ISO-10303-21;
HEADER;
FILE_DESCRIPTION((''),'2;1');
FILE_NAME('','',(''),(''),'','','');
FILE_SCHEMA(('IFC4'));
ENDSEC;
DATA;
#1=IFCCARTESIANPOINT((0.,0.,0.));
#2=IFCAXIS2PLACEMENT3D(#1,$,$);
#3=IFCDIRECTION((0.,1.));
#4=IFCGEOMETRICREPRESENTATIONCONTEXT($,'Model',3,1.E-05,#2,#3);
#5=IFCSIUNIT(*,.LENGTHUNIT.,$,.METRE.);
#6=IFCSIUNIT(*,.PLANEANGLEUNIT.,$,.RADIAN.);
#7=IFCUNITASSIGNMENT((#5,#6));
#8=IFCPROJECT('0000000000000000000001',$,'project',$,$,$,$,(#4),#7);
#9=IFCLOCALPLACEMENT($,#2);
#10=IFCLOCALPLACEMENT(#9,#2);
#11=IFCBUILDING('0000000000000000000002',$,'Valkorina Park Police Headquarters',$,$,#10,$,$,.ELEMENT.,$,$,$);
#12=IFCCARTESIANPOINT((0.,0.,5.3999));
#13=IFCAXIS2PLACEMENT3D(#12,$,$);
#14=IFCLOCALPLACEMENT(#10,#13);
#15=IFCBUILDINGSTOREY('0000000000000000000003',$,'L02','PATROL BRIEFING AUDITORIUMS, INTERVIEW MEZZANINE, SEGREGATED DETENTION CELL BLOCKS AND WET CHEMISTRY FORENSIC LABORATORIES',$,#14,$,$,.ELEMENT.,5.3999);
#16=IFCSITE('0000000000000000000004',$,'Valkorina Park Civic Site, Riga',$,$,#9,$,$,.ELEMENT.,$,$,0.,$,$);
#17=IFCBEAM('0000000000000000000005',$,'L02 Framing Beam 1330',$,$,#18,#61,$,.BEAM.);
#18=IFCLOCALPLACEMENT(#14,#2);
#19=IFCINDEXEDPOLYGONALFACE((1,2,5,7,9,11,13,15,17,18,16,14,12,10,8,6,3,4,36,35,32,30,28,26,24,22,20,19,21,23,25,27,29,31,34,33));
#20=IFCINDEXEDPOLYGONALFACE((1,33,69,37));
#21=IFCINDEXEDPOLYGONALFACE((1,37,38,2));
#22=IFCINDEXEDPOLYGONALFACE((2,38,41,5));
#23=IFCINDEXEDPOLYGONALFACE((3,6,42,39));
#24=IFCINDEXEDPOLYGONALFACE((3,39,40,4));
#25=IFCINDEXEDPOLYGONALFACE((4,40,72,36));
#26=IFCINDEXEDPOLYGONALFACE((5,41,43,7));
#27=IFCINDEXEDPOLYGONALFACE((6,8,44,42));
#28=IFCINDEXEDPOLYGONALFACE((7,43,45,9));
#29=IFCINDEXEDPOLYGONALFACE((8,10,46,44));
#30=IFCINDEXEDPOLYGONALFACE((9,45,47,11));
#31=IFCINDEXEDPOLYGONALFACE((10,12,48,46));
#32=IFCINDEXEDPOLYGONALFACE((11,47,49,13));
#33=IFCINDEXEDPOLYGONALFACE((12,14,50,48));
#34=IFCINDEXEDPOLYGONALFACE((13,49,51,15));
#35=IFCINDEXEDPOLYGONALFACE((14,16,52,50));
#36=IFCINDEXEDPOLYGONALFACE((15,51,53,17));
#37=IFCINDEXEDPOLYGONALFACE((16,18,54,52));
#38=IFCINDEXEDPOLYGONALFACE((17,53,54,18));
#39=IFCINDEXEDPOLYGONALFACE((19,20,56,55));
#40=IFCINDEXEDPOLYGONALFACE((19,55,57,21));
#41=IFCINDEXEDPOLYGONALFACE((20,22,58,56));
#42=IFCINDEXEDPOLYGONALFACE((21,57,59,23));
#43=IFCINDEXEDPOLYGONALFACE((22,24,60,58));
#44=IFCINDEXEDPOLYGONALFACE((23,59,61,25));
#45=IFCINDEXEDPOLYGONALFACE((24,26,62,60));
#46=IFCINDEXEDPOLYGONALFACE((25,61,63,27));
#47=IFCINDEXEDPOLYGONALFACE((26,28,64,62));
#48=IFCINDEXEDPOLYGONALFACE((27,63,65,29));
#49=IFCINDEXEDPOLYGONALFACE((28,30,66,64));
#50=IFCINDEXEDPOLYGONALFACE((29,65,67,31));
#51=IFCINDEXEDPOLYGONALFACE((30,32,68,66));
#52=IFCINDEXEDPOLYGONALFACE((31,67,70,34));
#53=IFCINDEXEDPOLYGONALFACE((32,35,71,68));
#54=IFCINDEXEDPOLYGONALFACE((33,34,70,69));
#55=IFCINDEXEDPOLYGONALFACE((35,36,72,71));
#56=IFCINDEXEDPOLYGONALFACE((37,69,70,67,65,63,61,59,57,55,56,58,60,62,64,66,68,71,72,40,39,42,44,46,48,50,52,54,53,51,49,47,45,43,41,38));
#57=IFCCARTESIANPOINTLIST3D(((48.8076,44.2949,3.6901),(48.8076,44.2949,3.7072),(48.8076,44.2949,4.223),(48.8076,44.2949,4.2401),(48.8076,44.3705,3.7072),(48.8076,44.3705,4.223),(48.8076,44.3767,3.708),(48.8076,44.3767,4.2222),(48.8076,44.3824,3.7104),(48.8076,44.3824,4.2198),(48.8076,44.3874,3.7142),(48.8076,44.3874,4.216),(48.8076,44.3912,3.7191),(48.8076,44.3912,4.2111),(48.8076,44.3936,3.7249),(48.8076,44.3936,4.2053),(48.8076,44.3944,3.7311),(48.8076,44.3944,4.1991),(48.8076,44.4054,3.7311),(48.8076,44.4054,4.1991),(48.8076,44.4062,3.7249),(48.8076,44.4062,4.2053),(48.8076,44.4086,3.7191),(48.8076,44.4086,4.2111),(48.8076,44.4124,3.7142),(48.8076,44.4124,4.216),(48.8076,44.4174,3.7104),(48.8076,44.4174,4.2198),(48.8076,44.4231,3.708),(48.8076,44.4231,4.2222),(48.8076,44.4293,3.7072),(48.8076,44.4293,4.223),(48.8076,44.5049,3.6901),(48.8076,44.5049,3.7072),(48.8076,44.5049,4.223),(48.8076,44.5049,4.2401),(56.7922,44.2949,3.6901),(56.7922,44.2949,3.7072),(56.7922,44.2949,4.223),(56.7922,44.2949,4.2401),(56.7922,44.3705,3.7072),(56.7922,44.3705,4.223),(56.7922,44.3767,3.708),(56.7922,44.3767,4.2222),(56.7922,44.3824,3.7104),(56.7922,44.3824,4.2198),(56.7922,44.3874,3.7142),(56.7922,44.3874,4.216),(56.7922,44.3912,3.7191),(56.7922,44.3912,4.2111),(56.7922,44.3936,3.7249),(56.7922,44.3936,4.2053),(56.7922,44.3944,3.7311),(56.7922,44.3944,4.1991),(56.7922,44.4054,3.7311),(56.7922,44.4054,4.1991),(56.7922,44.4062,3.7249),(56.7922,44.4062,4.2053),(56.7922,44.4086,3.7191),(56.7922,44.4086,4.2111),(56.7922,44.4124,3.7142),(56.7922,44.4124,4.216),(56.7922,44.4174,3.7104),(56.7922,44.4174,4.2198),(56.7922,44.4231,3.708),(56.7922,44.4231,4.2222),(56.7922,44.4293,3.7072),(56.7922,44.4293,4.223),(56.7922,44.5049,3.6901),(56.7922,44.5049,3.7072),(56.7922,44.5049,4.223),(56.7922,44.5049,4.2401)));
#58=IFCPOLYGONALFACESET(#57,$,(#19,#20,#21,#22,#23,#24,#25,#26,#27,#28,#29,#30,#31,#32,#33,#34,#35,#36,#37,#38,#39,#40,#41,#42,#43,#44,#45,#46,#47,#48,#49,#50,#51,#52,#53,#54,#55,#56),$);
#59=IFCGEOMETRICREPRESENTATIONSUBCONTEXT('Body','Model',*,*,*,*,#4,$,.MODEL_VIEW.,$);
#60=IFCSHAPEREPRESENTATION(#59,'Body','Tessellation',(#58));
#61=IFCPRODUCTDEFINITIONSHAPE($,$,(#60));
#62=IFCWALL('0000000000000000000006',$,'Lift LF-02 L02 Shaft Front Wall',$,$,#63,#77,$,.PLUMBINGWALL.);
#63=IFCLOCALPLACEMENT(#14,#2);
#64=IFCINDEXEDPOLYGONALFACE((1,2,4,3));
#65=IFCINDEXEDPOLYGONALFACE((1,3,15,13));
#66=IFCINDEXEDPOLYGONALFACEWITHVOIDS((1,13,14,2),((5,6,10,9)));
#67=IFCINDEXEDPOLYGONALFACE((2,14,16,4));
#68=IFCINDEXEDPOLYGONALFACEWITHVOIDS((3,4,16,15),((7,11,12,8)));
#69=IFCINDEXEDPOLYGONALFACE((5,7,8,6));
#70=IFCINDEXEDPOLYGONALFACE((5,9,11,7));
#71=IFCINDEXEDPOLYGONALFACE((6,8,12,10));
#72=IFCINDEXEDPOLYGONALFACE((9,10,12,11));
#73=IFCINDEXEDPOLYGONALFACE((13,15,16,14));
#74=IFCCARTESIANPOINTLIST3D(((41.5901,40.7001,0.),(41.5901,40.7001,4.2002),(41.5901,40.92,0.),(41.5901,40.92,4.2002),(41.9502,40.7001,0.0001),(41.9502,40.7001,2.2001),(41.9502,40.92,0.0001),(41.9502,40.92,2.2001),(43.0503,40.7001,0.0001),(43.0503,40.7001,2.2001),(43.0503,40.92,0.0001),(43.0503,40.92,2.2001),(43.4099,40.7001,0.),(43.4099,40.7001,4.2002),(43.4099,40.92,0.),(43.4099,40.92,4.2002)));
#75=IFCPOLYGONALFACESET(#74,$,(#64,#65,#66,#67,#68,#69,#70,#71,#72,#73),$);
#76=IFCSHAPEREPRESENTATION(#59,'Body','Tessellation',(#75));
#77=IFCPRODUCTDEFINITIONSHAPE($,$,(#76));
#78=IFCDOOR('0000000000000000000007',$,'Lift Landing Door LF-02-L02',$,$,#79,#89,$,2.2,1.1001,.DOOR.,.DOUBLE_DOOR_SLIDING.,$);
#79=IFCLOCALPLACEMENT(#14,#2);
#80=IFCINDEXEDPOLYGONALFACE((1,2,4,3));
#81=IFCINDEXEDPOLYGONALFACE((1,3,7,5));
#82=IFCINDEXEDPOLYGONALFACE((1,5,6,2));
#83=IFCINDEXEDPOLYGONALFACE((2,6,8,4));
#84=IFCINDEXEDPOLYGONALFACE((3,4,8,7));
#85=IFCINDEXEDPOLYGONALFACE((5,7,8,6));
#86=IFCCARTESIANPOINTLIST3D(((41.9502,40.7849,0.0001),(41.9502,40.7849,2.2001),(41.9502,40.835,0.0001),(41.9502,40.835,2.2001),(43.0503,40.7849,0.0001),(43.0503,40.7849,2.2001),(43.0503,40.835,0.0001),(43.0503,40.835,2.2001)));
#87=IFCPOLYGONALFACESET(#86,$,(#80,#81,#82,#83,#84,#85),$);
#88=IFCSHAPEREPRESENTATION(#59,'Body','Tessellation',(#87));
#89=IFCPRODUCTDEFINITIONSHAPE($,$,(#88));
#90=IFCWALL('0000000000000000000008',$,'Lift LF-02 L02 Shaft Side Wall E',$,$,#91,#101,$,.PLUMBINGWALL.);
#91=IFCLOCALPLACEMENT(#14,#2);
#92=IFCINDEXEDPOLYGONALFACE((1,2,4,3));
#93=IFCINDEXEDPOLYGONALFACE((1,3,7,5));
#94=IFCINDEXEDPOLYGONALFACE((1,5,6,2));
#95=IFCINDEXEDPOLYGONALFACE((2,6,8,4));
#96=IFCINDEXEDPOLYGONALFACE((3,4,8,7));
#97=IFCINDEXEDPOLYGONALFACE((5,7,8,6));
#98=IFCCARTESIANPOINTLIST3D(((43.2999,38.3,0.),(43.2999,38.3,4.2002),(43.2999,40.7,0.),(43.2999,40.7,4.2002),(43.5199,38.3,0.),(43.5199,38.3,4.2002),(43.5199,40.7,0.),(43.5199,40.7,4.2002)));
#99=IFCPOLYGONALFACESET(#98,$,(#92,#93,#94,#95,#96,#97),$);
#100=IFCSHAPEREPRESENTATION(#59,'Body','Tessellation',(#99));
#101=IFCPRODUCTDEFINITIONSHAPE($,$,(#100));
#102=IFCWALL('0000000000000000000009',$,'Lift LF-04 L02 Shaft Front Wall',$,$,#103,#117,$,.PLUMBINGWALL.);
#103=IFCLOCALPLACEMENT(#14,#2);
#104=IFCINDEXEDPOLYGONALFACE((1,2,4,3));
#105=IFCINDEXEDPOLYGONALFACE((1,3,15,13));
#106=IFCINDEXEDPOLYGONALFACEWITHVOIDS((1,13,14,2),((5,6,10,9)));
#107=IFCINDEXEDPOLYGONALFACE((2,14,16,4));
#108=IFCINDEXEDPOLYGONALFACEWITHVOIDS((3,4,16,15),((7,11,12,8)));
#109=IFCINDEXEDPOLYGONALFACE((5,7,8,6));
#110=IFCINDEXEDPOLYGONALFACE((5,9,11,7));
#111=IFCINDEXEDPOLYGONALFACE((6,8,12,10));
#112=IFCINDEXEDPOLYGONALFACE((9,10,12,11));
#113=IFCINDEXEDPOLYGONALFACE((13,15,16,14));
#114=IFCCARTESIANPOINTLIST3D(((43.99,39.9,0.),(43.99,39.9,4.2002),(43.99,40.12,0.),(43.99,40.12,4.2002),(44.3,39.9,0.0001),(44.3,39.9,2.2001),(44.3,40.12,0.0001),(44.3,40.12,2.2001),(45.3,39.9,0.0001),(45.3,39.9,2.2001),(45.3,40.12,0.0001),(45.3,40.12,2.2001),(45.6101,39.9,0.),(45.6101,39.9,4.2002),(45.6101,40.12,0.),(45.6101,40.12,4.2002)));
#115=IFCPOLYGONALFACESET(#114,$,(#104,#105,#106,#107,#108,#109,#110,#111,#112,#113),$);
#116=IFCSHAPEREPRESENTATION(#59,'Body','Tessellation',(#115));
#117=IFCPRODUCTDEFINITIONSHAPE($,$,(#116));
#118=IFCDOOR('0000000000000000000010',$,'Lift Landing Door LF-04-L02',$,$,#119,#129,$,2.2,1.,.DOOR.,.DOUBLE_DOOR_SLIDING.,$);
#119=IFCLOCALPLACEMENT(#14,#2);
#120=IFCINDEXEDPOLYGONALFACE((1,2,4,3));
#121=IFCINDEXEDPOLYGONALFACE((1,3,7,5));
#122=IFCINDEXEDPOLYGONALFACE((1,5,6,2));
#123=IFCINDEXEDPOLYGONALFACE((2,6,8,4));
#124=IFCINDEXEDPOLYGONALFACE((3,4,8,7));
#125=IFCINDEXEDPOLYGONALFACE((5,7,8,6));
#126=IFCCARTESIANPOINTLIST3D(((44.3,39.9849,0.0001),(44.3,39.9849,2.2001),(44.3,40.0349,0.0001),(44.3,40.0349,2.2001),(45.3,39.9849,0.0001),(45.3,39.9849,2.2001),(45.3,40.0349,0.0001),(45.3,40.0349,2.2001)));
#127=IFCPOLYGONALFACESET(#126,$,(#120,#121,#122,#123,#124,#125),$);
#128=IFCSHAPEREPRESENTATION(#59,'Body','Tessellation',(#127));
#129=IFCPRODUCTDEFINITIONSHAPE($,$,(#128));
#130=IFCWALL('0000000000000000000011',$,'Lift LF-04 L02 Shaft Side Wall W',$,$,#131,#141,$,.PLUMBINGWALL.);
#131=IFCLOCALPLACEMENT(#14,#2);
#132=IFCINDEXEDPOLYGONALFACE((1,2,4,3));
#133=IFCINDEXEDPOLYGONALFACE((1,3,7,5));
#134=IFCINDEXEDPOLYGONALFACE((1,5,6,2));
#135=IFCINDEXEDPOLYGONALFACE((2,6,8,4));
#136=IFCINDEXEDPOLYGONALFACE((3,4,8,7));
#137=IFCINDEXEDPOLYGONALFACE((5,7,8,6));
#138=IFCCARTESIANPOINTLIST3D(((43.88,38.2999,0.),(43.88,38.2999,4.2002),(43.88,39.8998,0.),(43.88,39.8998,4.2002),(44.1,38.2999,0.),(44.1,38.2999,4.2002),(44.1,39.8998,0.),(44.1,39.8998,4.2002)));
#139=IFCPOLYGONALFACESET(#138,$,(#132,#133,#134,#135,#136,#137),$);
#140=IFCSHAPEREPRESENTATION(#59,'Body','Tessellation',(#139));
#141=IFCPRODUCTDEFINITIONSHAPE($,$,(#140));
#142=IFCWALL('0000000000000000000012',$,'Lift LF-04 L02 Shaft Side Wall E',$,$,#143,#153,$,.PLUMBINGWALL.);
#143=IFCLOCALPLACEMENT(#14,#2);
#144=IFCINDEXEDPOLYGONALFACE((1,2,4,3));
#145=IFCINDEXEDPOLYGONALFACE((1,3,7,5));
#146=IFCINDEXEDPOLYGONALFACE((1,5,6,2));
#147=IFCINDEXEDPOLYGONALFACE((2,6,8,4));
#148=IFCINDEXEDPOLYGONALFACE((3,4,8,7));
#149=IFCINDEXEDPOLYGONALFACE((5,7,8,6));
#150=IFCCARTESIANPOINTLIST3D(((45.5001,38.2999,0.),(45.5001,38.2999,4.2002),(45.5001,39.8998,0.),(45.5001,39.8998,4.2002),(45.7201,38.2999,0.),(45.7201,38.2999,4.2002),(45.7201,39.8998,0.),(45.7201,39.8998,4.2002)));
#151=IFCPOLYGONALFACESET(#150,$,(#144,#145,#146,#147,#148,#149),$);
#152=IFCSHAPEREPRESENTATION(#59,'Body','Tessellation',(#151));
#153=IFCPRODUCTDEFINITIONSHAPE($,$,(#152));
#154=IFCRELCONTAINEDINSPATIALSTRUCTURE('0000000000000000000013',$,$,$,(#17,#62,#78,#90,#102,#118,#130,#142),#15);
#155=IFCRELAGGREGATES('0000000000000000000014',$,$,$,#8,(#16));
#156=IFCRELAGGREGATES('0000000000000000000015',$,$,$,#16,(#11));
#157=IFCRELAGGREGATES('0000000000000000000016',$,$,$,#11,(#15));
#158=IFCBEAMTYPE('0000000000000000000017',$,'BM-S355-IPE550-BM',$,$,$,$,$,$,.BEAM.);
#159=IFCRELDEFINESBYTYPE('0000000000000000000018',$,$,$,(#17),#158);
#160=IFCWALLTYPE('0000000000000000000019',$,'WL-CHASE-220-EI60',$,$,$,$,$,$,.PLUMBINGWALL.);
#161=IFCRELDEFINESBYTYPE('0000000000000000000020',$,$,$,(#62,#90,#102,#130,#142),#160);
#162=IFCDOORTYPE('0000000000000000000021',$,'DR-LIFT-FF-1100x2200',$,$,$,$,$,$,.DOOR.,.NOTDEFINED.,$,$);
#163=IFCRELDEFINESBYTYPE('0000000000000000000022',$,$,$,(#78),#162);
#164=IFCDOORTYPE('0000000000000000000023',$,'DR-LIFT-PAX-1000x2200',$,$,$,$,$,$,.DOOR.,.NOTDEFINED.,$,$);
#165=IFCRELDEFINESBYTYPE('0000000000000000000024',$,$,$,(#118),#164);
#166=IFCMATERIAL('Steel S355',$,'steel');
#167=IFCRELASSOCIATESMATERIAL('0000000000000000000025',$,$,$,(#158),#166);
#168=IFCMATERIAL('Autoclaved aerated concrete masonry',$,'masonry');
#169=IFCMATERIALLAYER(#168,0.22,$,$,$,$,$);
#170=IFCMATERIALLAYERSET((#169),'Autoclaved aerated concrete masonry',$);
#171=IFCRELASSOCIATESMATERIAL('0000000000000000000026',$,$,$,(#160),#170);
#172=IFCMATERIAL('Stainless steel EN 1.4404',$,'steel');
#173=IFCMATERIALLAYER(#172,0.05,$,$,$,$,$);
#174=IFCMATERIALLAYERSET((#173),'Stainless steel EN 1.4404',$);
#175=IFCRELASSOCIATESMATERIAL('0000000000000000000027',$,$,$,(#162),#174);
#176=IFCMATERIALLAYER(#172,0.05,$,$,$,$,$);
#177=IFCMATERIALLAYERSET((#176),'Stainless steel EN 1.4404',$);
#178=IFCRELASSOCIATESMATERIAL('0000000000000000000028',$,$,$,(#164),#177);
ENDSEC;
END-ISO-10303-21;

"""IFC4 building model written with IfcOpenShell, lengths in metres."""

from ifc_helpers import new_model, si_unit, direction, frame, frame_2d, origin, origin_2d, place, context, subcontext, project, spatial, rectangle, i_section, extrude, material, layer, layer_set, material_profile, profile_set, type_object, element, fill, save


model = new_model("IFC4")

# Units and contexts
model_context = context("Model", 3, precision=1e-05, world=origin(), true_north=direction((0.0, 1.0)))
body_context = subcontext(model_context, "Body", "Model", "MODEL_VIEW")
ifc_project = project(units=[si_unit("LENGTHUNIT", "METRE"), si_unit("PLANEANGLEUNIT", "RADIAN")], contexts=[model_context])

# Site, building, storey
site_placement = place(None, origin())
site = spatial("IfcSite", under=ifc_project, at=site_placement, Name="Valkorina Park Civic Site, Riga", CompositionType="ELEMENT", RefElevation=0.0)
building_placement = place(site_placement, origin())
building = spatial("IfcBuilding", under=site, at=building_placement, Name="Valkorina Park Police Headquarters", CompositionType="ELEMENT")
storey_placement = place(building_placement, frame((0.0, 0.0, 5.3999)))
storey = spatial("IfcBuildingStorey", under=building, at=storey_placement, Name="L02", Description="PATROL BRIEFING AUDITORIUMS, INTERVIEW MEZZANINE, SEGREGATED DETENTION CELL BLOCKS AND WET CHEMISTRY FORENSIC LABORATORIES", CompositionType="ELEMENT", Elevation=5.3999)

# Shared definitions
ifc_material_1 = material(Name="Steel S355", Category="steel")

# Beam
ifc_material_profile_1 = material_profile(ifc_material_1, i_section(OverallWidth=0.21, OverallDepth=0.55, WebThickness=0.011, FlangeThickness=0.0171, FilletRadius=0.0239, at=origin_2d()), Name="IPE 550")
ifc_profile_set_1 = profile_set([ifc_material_profile_1], Name="Steel S355")
beam_type_1 = type_object("IfcBeamType", Name="BM-S355-IPE550-BM", PredefinedType="BEAM", material=ifc_profile_set_1)
beam_1_placement = place(storey_placement, frame((48.8076, 44.3999, 3.9651), z_axis=(1.0, 0.0, 0.0), x_axis=(0.0, 1.0, 0.0)))
element("IfcBeam", 1, at=beam_1_placement, inside=storey, type_object=beam_type_1, Name="L02 Framing Beam 1330", PredefinedType="BEAM", context=body_context, shape_type="SweptSolid", body=[
    extrude(i_section(OverallWidth=0.21, OverallDepth=0.55, WebThickness=0.011, FlangeThickness=0.0171, FilletRadius=0.0239, at=origin_2d()), origin(), (0.0, 0.0, 1.0), 7.9846),
])

# Wall, opening, door
ifc_material_2 = material(Name="Autoclaved aerated concrete masonry", Category="masonry")
ifc_layer_1 = layer(ifc_material_2, 0.22)
ifc_layer_set_1 = layer_set([ifc_layer_1], Name="Autoclaved aerated concrete masonry")
wall_type_1 = type_object("IfcWallType", Name="WL-CHASE-220-EI60", PredefinedType="PLUMBINGWALL", material=ifc_layer_set_1)
wall_1_placement = place(storey_placement, frame((41.5901, 40.8101, 0.0), z_axis=(0.0, 0.0, 1.0), x_axis=(1.0, 0.0, 0.0)))
wall_1 = element("IfcWall", 2, at=wall_1_placement, inside=storey, type_object=wall_type_1, Name="Lift LF-02 L02 Shaft Front Wall", PredefinedType="PLUMBINGWALL", context=body_context, shape_type="SweptSolid", body=[
    extrude(rectangle(XDim=1.8198, YDim=0.22, at=frame_2d((0.9099, 0.0))), origin(), (0.0, 0.0, 1.0), 4.2002),
])
opening_1_placement = place(wall_1_placement, frame((0.3601, 0.0, 0.0)))
opening_1 = element("IfcOpeningElement", 3, at=opening_1_placement, cuts=wall_1, PredefinedType="OPENING", context=body_context, shape_type="SweptSolid", body=[
    extrude(rectangle(XDim=1.1001, YDim=2.2, at=frame_2d((0.55, 1.1001))), frame((0.0, 0.1201, 0.0), z_axis=(0.0, -1.0, 0.0), x_axis=(1.0, 0.0, 0.0)), (0.0, 0.0, 1.0), 0.24),
])
ifc_material_3 = material(Name="Stainless steel EN 1.4404", Category="steel")
ifc_layer_2 = layer(ifc_material_3, 0.05)
ifc_layer_set_2 = layer_set([ifc_layer_2], Name="Stainless steel EN 1.4404")
door_type_1 = type_object("IfcDoorType", Name="DR-LIFT-FF-1100x2200", OperationType="NOTDEFINED", PredefinedType="DOOR", material=ifc_layer_set_2)
door_1_placement = place(opening_1_placement, origin())
door_1 = element("IfcDoor", 4, at=door_1_placement, inside=storey, type_object=door_type_1, Name="Lift Landing Door LF-02-L02", OperationType="DOUBLE_DOOR_SLIDING", OverallHeight=2.2, OverallWidth=1.1001, PredefinedType="DOOR", context=body_context, shape_type="SweptSolid", body=[
    extrude(rectangle(XDim=1.1001, YDim=2.2, at=frame_2d((0.55, 1.1001))), frame((0.0, 0.0249, 0.0), z_axis=(0.0, -1.0, 0.0), x_axis=(1.0, 0.0, 0.0)), (0.0, 0.0, 1.0), 0.05),
])
fill(opening_1, door_1)

# Wall
wall_2_placement = place(storey_placement, frame((43.4099, 38.3, 0.0), z_axis=(0.0, 0.0, 1.0), x_axis=(0.0, 1.0, 0.0)))
element("IfcWall", 5, at=wall_2_placement, inside=storey, type_object=wall_type_1, Name="Lift LF-02 L02 Shaft Side Wall E", PredefinedType="PLUMBINGWALL", context=body_context, shape_type="SweptSolid", body=[
    extrude(rectangle(XDim=2.3999, YDim=0.22, at=frame_2d((1.2, 0.0))), origin(), (0.0, 0.0, 1.0), 4.2002),
])

# Wall, opening, door
wall_3_placement = place(storey_placement, frame((43.99, 40.01, 0.0), z_axis=(0.0, 0.0, 1.0), x_axis=(1.0, 0.0, 0.0)))
wall_3 = element("IfcWall", 6, at=wall_3_placement, inside=storey, type_object=wall_type_1, Name="Lift LF-04 L02 Shaft Front Wall", PredefinedType="PLUMBINGWALL", context=body_context, shape_type="SweptSolid", body=[
    extrude(rectangle(XDim=1.6201, YDim=0.22, at=frame_2d((0.8101, 0.0))), origin(), (0.0, 0.0, 1.0), 4.2002),
])
opening_2_placement = place(wall_3_placement, frame((0.3101, 0.0, 0.0)))
opening_2 = element("IfcOpeningElement", 7, at=opening_2_placement, cuts=wall_3, PredefinedType="OPENING", context=body_context, shape_type="SweptSolid", body=[
    extrude(rectangle(XDim=1.0, YDim=2.2, at=frame_2d((0.5, 1.1001))), frame((0.0, 0.1201, 0.0), z_axis=(0.0, -1.0, 0.0), x_axis=(1.0, 0.0, 0.0)), (0.0, 0.0, 1.0), 0.24),
])
ifc_layer_3 = layer(ifc_material_3, 0.05)
ifc_layer_set_3 = layer_set([ifc_layer_3], Name="Stainless steel EN 1.4404")
door_type_2 = type_object("IfcDoorType", Name="DR-LIFT-PAX-1000x2200", OperationType="NOTDEFINED", PredefinedType="DOOR", material=ifc_layer_set_3)
door_2_placement = place(opening_2_placement, origin())
door_2 = element("IfcDoor", 8, at=door_2_placement, inside=storey, type_object=door_type_2, Name="Lift Landing Door LF-04-L02", OperationType="DOUBLE_DOOR_SLIDING", OverallHeight=2.2, OverallWidth=1.0, PredefinedType="DOOR", context=body_context, shape_type="SweptSolid", body=[
    extrude(rectangle(XDim=1.0, YDim=2.2, at=frame_2d((0.5, 1.1001))), frame((0.0, 0.0249, 0.0), z_axis=(0.0, -1.0, 0.0), x_axis=(1.0, 0.0, 0.0)), (0.0, 0.0, 1.0), 0.05),
])
fill(opening_2, door_2)

# Walls
for number, where, z_axis, x_axis, name in (
    (9, (43.99, 38.3, 0.0), (0.0, 0.0, 1.0), (0.0, 1.0, 0.0), "Lift LF-04 L02 Shaft Side Wall W"),
    (10, (45.6101, 38.3, 0.0), (0.0, 0.0, 1.0), (0.0, 1.0, 0.0), "Lift LF-04 L02 Shaft Side Wall E"),
):
    element("IfcWall", number, at=place(storey_placement, frame(where, z_axis=z_axis, x_axis=x_axis)), inside=storey, type_object=wall_type_1, Name=name, PredefinedType="PLUMBINGWALL", context=body_context, shape_type="SweptSolid", body=[
        extrude(rectangle(XDim=1.5999, YDim=0.22, at=frame_2d((0.7998, 0.0))), origin(), (0.0, 0.0, 1.0), 4.2002),
    ])

save(model, "model.ifc")
